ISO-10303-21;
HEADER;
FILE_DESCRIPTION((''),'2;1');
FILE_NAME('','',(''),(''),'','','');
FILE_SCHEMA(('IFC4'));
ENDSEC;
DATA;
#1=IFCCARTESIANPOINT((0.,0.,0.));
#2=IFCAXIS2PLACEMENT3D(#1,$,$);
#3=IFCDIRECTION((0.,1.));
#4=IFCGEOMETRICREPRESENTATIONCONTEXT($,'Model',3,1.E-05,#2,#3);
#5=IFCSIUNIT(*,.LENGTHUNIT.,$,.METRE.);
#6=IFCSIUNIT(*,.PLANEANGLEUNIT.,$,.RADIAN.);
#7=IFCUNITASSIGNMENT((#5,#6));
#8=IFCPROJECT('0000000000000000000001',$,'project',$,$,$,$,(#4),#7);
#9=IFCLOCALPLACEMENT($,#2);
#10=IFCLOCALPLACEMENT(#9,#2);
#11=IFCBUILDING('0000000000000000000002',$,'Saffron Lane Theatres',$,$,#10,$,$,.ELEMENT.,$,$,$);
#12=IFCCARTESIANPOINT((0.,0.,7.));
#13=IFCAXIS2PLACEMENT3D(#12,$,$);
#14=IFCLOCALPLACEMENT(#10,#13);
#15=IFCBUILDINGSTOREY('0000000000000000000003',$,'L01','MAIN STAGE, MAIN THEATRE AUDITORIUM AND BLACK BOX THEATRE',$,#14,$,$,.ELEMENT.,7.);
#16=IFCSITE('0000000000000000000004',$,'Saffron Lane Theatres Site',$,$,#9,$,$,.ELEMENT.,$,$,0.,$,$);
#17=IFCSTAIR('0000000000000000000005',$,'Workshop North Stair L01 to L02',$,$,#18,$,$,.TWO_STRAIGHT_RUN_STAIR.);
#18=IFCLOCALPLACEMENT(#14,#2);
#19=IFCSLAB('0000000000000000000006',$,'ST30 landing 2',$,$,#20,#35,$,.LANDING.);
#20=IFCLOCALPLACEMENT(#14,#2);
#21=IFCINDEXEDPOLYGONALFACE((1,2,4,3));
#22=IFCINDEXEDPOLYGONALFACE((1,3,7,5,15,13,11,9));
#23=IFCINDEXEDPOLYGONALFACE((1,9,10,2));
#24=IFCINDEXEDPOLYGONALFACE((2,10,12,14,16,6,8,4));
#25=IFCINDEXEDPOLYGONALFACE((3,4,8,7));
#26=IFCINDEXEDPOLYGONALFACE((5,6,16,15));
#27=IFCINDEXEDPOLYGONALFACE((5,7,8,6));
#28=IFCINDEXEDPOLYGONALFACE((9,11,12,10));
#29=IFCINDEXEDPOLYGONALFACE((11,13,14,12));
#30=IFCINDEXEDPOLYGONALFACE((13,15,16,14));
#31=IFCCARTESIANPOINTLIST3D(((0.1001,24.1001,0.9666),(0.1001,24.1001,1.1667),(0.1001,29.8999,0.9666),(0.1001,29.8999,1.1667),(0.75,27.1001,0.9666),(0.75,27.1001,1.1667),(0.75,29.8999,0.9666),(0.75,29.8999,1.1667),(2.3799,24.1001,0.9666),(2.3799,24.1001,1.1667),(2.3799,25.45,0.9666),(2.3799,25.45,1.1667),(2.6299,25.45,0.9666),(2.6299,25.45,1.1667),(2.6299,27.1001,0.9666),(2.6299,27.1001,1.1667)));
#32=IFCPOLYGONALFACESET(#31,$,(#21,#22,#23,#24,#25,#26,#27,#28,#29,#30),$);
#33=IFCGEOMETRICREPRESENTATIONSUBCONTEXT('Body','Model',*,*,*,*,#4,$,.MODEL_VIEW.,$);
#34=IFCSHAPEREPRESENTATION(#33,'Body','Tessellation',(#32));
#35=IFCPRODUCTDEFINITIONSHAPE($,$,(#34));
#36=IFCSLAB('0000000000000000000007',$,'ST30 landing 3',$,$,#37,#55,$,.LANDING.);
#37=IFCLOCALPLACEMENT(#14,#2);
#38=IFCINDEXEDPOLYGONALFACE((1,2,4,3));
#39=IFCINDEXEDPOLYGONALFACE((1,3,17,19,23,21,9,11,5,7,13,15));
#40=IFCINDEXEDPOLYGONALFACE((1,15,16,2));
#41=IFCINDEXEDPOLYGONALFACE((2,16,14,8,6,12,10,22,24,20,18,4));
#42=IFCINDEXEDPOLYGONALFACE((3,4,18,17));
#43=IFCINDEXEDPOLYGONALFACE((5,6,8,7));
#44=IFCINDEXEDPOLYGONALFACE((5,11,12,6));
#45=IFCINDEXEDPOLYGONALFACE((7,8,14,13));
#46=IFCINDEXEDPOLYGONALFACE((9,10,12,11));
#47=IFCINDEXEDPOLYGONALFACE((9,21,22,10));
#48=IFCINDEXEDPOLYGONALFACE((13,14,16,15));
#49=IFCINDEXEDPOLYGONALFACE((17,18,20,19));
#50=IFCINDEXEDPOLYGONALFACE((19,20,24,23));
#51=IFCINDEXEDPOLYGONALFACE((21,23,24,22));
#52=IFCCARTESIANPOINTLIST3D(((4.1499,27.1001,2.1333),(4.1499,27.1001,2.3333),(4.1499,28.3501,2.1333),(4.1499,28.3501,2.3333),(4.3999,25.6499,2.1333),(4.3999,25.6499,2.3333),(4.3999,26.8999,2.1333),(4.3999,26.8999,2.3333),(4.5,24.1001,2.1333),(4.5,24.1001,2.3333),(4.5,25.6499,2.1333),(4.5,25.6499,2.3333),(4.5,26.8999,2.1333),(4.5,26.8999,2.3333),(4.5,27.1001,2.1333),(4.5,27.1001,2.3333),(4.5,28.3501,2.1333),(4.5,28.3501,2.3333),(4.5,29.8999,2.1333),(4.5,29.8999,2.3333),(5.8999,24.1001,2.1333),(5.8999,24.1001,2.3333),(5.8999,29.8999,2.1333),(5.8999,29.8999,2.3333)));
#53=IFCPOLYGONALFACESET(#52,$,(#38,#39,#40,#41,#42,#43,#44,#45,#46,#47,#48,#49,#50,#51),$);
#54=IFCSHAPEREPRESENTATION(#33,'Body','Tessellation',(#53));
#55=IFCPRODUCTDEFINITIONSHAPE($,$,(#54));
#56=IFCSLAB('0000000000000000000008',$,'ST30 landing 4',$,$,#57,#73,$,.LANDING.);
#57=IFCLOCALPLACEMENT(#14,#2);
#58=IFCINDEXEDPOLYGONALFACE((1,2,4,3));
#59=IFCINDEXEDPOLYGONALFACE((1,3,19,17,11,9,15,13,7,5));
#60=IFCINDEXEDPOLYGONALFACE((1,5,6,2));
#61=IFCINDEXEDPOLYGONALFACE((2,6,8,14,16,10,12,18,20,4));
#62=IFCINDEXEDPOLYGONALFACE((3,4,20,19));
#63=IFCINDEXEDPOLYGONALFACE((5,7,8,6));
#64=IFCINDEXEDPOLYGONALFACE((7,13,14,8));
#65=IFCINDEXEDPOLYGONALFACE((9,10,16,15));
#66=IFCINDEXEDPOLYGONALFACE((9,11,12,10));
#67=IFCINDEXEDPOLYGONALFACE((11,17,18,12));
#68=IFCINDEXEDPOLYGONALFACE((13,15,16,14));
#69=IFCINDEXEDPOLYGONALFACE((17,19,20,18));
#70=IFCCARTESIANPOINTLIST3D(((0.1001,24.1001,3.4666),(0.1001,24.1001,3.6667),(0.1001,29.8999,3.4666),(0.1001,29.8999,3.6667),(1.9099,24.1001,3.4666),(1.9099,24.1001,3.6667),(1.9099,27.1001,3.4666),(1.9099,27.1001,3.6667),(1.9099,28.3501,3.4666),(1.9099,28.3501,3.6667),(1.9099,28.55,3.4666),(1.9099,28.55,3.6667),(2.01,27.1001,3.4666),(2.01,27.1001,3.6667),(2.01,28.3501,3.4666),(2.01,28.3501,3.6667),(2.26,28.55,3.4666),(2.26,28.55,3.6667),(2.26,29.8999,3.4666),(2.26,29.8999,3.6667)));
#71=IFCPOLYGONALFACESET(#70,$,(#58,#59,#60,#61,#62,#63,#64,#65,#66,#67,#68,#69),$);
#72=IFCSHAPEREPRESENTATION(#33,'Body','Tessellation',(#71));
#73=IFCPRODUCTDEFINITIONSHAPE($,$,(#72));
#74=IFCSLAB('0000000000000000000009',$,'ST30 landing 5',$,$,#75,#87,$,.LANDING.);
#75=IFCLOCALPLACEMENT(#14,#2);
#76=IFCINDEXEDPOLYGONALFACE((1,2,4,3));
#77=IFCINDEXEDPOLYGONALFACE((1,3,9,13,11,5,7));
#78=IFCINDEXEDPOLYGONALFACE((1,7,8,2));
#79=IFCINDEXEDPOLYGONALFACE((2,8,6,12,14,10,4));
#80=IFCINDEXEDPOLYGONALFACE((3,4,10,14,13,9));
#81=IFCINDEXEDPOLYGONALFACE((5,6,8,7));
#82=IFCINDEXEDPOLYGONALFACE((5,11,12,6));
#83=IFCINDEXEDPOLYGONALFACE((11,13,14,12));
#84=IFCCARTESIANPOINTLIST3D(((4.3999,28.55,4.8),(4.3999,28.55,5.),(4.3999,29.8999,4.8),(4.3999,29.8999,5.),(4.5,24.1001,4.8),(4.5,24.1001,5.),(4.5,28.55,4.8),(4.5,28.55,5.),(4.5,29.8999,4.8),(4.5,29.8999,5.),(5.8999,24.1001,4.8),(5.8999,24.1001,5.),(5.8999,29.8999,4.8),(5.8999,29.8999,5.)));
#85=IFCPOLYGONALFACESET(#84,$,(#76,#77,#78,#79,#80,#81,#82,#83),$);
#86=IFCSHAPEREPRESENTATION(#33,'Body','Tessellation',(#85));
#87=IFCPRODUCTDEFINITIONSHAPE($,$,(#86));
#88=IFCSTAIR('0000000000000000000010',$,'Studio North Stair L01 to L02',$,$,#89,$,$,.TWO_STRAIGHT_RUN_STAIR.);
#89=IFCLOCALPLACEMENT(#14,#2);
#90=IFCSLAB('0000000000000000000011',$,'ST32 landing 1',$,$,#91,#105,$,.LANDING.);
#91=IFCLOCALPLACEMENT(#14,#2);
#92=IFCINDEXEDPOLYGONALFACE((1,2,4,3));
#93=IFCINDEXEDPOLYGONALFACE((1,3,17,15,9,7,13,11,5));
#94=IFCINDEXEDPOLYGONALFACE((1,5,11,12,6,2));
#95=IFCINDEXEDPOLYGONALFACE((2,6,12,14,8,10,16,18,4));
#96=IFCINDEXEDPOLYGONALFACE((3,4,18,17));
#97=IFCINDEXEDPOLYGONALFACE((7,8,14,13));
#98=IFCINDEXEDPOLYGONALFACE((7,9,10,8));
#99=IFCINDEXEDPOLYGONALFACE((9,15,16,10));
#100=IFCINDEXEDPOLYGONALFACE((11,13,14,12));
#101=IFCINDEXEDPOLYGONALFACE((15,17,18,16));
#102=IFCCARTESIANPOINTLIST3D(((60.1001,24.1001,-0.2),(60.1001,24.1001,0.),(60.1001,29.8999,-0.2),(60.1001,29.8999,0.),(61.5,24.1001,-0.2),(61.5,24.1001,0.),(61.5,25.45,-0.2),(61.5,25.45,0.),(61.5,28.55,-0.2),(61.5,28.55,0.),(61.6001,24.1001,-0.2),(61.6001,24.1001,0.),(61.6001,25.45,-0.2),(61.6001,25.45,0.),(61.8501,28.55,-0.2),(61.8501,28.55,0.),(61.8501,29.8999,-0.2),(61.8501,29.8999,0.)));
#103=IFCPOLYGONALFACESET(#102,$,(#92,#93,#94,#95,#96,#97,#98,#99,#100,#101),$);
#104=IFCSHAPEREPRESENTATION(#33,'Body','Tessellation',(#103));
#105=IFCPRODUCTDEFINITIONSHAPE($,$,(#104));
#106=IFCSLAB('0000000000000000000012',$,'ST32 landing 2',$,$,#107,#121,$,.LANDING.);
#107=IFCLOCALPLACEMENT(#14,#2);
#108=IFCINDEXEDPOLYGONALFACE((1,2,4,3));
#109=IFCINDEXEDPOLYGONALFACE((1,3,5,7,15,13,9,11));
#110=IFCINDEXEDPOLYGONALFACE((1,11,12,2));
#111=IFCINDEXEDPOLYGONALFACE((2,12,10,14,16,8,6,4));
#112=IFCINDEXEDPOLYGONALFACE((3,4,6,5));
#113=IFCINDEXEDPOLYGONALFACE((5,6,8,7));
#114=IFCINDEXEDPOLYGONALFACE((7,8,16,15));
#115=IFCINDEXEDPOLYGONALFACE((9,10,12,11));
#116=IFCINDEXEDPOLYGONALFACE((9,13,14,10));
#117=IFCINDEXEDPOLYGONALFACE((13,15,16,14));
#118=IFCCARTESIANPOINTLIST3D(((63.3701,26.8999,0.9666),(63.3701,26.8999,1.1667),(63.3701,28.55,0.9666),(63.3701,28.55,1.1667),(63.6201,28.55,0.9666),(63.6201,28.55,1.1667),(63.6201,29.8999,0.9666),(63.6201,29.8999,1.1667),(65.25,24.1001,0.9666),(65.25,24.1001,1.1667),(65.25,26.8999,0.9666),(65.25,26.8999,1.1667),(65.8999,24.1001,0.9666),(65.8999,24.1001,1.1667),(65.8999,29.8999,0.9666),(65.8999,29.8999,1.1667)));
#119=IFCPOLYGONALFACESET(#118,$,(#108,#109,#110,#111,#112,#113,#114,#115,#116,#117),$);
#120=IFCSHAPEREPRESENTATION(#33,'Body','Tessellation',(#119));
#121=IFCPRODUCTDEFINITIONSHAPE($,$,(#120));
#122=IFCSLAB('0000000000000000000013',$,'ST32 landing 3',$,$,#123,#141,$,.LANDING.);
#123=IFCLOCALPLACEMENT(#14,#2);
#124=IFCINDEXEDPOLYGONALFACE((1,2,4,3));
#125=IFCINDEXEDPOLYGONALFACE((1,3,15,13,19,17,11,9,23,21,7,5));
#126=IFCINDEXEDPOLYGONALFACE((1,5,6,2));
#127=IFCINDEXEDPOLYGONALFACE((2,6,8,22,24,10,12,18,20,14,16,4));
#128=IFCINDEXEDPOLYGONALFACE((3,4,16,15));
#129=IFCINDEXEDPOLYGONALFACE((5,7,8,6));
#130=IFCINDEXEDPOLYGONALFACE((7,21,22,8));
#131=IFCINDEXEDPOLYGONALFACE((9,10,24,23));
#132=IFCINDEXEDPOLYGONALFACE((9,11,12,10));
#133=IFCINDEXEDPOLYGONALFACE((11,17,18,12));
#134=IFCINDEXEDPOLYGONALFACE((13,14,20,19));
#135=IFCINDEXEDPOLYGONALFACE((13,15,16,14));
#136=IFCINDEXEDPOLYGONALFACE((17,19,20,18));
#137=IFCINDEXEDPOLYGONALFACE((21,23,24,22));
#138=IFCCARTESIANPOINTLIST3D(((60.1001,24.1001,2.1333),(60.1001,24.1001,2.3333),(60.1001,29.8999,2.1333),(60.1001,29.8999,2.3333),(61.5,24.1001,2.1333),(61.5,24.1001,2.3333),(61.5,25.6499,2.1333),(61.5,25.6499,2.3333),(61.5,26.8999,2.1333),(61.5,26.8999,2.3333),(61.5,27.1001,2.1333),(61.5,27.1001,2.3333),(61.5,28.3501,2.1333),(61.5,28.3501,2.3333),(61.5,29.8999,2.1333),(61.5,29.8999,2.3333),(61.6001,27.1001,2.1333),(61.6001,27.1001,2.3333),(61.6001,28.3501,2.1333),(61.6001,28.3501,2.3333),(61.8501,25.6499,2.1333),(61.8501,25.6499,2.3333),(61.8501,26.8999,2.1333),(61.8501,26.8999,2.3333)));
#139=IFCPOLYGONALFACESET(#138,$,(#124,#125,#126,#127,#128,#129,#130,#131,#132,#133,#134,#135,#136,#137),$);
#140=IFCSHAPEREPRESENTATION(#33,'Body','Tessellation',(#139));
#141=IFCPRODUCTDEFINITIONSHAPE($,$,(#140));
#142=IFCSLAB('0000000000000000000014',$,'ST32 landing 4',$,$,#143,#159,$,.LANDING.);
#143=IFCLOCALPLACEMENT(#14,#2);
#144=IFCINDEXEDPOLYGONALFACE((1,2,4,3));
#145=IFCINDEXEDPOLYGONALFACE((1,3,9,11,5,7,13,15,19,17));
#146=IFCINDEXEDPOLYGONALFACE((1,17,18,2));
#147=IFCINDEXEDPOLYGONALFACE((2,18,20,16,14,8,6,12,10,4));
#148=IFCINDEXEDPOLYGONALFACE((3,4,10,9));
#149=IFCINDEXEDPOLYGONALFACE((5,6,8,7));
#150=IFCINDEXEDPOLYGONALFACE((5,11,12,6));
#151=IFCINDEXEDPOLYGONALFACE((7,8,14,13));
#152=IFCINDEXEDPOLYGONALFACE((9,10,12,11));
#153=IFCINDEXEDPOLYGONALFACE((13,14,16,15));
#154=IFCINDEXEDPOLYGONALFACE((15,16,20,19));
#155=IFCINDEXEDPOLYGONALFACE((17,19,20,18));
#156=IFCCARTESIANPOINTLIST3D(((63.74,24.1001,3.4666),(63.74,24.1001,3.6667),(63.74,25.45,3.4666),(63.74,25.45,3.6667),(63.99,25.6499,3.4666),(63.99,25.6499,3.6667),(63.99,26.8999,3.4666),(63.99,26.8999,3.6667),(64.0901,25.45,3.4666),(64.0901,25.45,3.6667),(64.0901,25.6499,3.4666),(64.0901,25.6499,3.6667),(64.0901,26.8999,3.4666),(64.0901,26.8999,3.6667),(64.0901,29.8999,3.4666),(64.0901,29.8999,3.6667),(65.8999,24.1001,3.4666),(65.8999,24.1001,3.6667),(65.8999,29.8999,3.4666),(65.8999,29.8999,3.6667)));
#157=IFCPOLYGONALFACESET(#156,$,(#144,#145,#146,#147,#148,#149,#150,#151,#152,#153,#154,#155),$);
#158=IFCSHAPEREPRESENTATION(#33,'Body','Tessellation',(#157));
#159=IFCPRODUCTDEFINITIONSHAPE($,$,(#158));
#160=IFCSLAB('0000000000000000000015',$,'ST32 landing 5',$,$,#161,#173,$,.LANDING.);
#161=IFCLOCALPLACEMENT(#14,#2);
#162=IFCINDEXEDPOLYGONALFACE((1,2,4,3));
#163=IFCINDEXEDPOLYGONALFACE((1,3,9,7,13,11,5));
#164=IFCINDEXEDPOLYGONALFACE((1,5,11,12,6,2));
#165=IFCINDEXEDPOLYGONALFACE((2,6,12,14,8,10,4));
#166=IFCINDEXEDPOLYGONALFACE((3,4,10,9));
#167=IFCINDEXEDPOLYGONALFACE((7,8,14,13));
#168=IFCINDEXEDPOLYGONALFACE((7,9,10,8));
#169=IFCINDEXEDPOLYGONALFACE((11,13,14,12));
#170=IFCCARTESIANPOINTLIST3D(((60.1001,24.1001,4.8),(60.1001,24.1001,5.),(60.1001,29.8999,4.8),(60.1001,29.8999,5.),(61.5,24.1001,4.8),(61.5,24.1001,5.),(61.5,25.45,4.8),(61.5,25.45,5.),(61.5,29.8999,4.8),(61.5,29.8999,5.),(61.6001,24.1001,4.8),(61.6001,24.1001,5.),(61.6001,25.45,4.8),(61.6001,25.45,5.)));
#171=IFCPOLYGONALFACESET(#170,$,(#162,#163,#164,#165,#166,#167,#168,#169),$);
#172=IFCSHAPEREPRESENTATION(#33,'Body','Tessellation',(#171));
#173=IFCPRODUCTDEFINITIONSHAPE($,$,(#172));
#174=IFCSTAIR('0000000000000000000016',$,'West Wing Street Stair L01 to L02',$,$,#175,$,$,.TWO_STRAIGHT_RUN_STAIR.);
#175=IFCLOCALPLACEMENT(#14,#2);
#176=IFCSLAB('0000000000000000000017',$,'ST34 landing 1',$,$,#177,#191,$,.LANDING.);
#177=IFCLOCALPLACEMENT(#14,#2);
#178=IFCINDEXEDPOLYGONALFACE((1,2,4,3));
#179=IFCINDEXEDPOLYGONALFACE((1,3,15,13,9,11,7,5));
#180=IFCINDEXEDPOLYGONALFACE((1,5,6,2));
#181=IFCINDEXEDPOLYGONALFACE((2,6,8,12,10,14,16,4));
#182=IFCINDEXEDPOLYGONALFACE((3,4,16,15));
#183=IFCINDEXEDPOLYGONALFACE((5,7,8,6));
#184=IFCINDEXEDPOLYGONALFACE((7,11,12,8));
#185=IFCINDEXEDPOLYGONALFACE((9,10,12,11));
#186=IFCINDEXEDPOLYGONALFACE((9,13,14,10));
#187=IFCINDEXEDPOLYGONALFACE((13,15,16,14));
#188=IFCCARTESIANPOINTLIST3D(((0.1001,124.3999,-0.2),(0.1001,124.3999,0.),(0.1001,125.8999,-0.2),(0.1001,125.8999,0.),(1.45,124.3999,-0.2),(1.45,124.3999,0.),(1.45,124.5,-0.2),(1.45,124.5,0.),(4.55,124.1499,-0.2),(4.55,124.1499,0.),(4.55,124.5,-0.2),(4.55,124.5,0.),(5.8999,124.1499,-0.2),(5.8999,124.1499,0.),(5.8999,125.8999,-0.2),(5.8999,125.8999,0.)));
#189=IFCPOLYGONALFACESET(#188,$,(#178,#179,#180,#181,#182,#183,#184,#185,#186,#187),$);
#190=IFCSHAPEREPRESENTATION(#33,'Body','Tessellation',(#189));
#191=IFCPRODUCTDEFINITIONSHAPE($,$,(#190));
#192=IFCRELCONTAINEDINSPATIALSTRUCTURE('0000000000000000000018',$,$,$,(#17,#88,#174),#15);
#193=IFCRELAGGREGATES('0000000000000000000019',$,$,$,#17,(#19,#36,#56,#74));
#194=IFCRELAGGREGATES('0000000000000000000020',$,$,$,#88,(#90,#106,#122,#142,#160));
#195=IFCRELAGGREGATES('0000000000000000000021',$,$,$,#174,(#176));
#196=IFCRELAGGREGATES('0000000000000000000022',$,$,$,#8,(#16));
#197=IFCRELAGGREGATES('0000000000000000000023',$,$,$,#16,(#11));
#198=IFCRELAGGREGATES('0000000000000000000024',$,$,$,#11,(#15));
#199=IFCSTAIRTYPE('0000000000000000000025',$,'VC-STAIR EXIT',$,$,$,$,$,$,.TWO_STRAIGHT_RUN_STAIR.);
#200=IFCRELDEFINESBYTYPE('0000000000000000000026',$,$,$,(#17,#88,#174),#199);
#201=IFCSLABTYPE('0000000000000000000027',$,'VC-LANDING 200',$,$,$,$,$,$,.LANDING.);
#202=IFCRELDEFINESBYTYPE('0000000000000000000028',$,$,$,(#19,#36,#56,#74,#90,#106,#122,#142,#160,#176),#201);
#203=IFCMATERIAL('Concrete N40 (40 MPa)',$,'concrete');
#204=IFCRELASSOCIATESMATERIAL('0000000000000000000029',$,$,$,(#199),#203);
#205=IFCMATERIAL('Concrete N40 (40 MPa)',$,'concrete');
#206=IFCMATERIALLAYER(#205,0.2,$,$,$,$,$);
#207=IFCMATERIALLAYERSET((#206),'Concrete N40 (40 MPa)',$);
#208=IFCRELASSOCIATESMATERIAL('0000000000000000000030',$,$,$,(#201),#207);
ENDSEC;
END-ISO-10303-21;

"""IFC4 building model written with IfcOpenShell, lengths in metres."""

from ifc_helpers import new_model, si_unit, direction, frame, origin, place, context, subcontext, project, spatial, polyline, outline, extrude, material, layer, layer_set, type_object, element, aggregate, save


model = new_model("IFC4")

# Units and contexts
model_context = context("Model", 3, precision=1e-05, world=origin(), true_north=direction((0.0, 1.0)))
body_context = subcontext(model_context, "Body", "Model", "MODEL_VIEW")
ifc_project = project(units=[si_unit("LENGTHUNIT", "METRE"), si_unit("PLANEANGLEUNIT", "RADIAN")], contexts=[model_context])

# Site, building, storey
site_placement = place(None, origin())
site = spatial("IfcSite", under=ifc_project, at=site_placement, Name="Saffron Lane Theatres Site", CompositionType="ELEMENT", RefElevation=0.0)
building_placement = place(site_placement, origin())
building = spatial("IfcBuilding", under=site, at=building_placement, Name="Saffron Lane Theatres", CompositionType="ELEMENT")
storey_placement = place(building_placement, frame((0.0, 0.0, 7.0)))
storey = spatial("IfcBuildingStorey", under=building, at=storey_placement, Name="L01", Description="MAIN STAGE, MAIN THEATRE AUDITORIUM AND BLACK BOX THEATRE", CompositionType="ELEMENT", Elevation=7.0)

# Stairs, slabs
ifc_material_1 = material(Name="Concrete N40 (40 MPa)", Category="concrete")
stair_type_1 = type_object("IfcStairType", Name="VC-STAIR EXIT", PredefinedType="TWO_STRAIGHT_RUN_STAIR", material=ifc_material_1)
ifc_material_2 = material(Name="Concrete N40 (40 MPa)", Category="concrete")
ifc_layer = layer(ifc_material_2, 0.2)
ifc_layer_set = layer_set([ifc_layer], Name="Concrete N40 (40 MPa)")
slab_type = type_object("IfcSlabType", Name="VC-LANDING 200", PredefinedType="LANDING", material=ifc_layer_set)
stair_1_placement = place(storey_placement, origin())
stair_1 = element("IfcStair", 1, at=stair_1_placement, inside=storey, type_object=stair_type_1, Name="Workshop North Stair L01 to L02", PredefinedType="TWO_STRAIGHT_RUN_STAIR")
slab_1_placement = place(storey_placement, frame((0.0, 0.0, 0.9666)))
slab_1 = element("IfcSlab", 2, at=slab_1_placement, type_object=slab_type, Name="ST30 landing 2", PredefinedType="LANDING", context=body_context, shape_type="SweptSolid", body=[
    extrude(outline(polyline([(2.6299, 27.1001), (2.6299, 25.45), (2.3799, 25.45), (2.3799, 24.1001), (0.1001, 24.1001), (0.1001, 29.8999), (0.75, 29.8999), (0.75, 27.1001), (2.6299, 27.1001)])), origin(), (0.0, 0.0, 1.0), 0.2002),
])
slab_2_placement = place(storey_placement, frame((0.0, 0.0, 2.1333)))
slab_2 = element("IfcSlab", 3, at=slab_2_placement, type_object=slab_type, Name="ST30 landing 3", PredefinedType="LANDING", context=body_context, shape_type="SweptSolid", body=[
    extrude(outline(polyline([(4.5, 29.8999), (5.8999, 29.8999), (5.8999, 24.1001), (4.5, 24.1001), (4.5, 25.6499), (4.3999, 25.6499), (4.3999, 26.8999), (4.5, 26.8999), (4.5, 27.1001), (4.1499, 27.1001), (4.1499, 28.3501), (4.5, 28.3501), (4.5, 29.8999)])), origin(), (0.0, 0.0, 1.0), 0.2),
])
slab_3_placement = place(storey_placement, frame((0.0, 0.0, 3.4666)))
slab_3 = element("IfcSlab", 4, at=slab_3_placement, type_object=slab_type, Name="ST30 landing 4", PredefinedType="LANDING", context=body_context, shape_type="SweptSolid", body=[
    extrude(outline(polyline([(1.9099, 28.55), (1.9099, 28.3501), (2.01, 28.3501), (2.01, 27.1001), (1.9099, 27.1001), (1.9099, 24.1001), (0.1001, 24.1001), (0.1001, 29.8999), (2.26, 29.8999), (2.26, 28.55), (1.9099, 28.55)])), origin(), (0.0, 0.0, 1.0), 0.2002),
])
slab_4_placement = place(storey_placement, frame((0.0, 0.0, 4.8)))
slab_4 = element("IfcSlab", 5, at=slab_4_placement, type_object=slab_type, Name="ST30 landing 5", PredefinedType="LANDING", context=body_context, shape_type="SweptSolid", body=[
    extrude(outline(polyline([(4.5, 29.8999), (5.8999, 29.8999), (5.8999, 24.1001), (4.5, 24.1001), (4.5, 28.55), (4.3999, 28.55), (4.3999, 29.8999), (4.5, 29.8999), (4.5, 29.8999)])), origin(), (0.0, 0.0, 1.0), 0.2),
])
aggregate(stair_1, [slab_1, slab_2, slab_3, slab_4])
stair_2_placement = place(storey_placement, origin())
stair_2 = element("IfcStair", 6, at=stair_2_placement, inside=storey, type_object=stair_type_1, Name="Studio North Stair L01 to L02", PredefinedType="TWO_STRAIGHT_RUN_STAIR")
slab_5_placement = place(storey_placement, frame((0.0, 0.0, -0.2)))
slab_5 = element("IfcSlab", 7, at=slab_5_placement, type_object=slab_type, Name="ST32 landing 1", PredefinedType="LANDING", context=body_context, shape_type="SweptSolid", body=[
    extrude(outline(polyline([(61.5, 24.1001), (60.1001, 24.1001), (60.1001, 29.8999), (61.8501, 29.8999), (61.8501, 28.55), (61.5, 28.55), (61.5, 25.45), (61.6001, 25.45), (61.6001, 24.1001), (61.5, 24.1001), (61.5, 24.1001)])), origin(), (0.0, 0.0, 1.0), 0.2),
])
slab_6_placement = place(storey_placement, frame((0.0, 0.0, 0.9666)))
slab_6 = element("IfcSlab", 8, at=slab_6_placement, type_object=slab_type, Name="ST32 landing 2", PredefinedType="LANDING", context=body_context, shape_type="SweptSolid", body=[
    extrude(outline(polyline([(63.3701, 26.8999), (63.3701, 28.55), (63.6201, 28.55), (63.6201, 29.8999), (65.8999, 29.8999), (65.8999, 24.1001), (65.25, 24.1001), (65.25, 26.8999), (63.3701, 26.8999)])), origin(), (0.0, 0.0, 1.0), 0.2002),
])
slab_7_placement = place(storey_placement, frame((0.0, 0.0, 2.1333)))
slab_7 = element("IfcSlab", 9, at=slab_7_placement, type_object=slab_type, Name="ST32 landing 3", PredefinedType="LANDING", context=body_context, shape_type="SweptSolid", body=[
    extrude(outline(polyline([(61.5, 24.1001), (60.1001, 24.1001), (60.1001, 29.8999), (61.5, 29.8999), (61.5, 28.3501), (61.6001, 28.3501), (61.6001, 27.1001), (61.5, 27.1001), (61.5, 26.8999), (61.8501, 26.8999), (61.8501, 25.6499), (61.5, 25.6499), (61.5, 24.1001)])), origin(), (0.0, 0.0, 1.0), 0.2),
])
slab_8_placement = place(storey_placement, frame((0.0, 0.0, 3.4666)))
slab_8 = element("IfcSlab", 10, at=slab_8_placement, type_object=slab_type, Name="ST32 landing 4", PredefinedType="LANDING", context=body_context, shape_type="SweptSolid", body=[
    extrude(outline(polyline([(64.0901, 25.45), (64.0901, 25.6499), (63.99, 25.6499), (63.99, 26.8999), (64.0901, 26.8999), (64.0901, 29.8999), (65.8999, 29.8999), (65.8999, 24.1001), (63.74, 24.1001), (63.74, 25.45), (64.0901, 25.45)])), origin(), (0.0, 0.0, 1.0), 0.2002),
])
slab_9_placement = place(storey_placement, frame((0.0, 0.0, 4.8)))
slab_9 = element("IfcSlab", 11, at=slab_9_placement, type_object=slab_type, Name="ST32 landing 5", PredefinedType="LANDING", context=body_context, shape_type="SweptSolid", body=[
    extrude(outline(polyline([(61.5, 24.1001), (60.1001, 24.1001), (60.1001, 29.8999), (61.5, 29.8999), (61.5, 25.45), (61.6001, 25.45), (61.6001, 24.1001), (61.5, 24.1001), (61.5, 24.1001)])), origin(), (0.0, 0.0, 1.0), 0.2),
])
aggregate(stair_2, [slab_5, slab_6, slab_7, slab_8, slab_9])
stair_3_placement = place(storey_placement, origin())
stair_3 = element("IfcStair", 12, at=stair_3_placement, inside=storey, type_object=stair_type_1, Name="West Wing Street Stair L01 to L02", PredefinedType="TWO_STRAIGHT_RUN_STAIR")
slab_10_placement = place(storey_placement, frame((0.0, 0.0, -0.2)))
slab_10 = element("IfcSlab", 13, at=slab_10_placement, type_object=slab_type, Name="ST34 landing 1", PredefinedType="LANDING", context=body_context, shape_type="SweptSolid", body=[
    extrude(outline(polyline([(0.1001, 125.8999), (5.8999, 125.8999), (5.8999, 124.1499), (4.55, 124.1499), (4.55, 124.5), (1.45, 124.5), (1.45, 124.3999), (0.1001, 124.3999), (0.1001, 125.8999)])), origin(), (0.0, 0.0, 1.0), 0.2),
])
aggregate(stair_3, [slab_10])

save(model, "model.ifc")
